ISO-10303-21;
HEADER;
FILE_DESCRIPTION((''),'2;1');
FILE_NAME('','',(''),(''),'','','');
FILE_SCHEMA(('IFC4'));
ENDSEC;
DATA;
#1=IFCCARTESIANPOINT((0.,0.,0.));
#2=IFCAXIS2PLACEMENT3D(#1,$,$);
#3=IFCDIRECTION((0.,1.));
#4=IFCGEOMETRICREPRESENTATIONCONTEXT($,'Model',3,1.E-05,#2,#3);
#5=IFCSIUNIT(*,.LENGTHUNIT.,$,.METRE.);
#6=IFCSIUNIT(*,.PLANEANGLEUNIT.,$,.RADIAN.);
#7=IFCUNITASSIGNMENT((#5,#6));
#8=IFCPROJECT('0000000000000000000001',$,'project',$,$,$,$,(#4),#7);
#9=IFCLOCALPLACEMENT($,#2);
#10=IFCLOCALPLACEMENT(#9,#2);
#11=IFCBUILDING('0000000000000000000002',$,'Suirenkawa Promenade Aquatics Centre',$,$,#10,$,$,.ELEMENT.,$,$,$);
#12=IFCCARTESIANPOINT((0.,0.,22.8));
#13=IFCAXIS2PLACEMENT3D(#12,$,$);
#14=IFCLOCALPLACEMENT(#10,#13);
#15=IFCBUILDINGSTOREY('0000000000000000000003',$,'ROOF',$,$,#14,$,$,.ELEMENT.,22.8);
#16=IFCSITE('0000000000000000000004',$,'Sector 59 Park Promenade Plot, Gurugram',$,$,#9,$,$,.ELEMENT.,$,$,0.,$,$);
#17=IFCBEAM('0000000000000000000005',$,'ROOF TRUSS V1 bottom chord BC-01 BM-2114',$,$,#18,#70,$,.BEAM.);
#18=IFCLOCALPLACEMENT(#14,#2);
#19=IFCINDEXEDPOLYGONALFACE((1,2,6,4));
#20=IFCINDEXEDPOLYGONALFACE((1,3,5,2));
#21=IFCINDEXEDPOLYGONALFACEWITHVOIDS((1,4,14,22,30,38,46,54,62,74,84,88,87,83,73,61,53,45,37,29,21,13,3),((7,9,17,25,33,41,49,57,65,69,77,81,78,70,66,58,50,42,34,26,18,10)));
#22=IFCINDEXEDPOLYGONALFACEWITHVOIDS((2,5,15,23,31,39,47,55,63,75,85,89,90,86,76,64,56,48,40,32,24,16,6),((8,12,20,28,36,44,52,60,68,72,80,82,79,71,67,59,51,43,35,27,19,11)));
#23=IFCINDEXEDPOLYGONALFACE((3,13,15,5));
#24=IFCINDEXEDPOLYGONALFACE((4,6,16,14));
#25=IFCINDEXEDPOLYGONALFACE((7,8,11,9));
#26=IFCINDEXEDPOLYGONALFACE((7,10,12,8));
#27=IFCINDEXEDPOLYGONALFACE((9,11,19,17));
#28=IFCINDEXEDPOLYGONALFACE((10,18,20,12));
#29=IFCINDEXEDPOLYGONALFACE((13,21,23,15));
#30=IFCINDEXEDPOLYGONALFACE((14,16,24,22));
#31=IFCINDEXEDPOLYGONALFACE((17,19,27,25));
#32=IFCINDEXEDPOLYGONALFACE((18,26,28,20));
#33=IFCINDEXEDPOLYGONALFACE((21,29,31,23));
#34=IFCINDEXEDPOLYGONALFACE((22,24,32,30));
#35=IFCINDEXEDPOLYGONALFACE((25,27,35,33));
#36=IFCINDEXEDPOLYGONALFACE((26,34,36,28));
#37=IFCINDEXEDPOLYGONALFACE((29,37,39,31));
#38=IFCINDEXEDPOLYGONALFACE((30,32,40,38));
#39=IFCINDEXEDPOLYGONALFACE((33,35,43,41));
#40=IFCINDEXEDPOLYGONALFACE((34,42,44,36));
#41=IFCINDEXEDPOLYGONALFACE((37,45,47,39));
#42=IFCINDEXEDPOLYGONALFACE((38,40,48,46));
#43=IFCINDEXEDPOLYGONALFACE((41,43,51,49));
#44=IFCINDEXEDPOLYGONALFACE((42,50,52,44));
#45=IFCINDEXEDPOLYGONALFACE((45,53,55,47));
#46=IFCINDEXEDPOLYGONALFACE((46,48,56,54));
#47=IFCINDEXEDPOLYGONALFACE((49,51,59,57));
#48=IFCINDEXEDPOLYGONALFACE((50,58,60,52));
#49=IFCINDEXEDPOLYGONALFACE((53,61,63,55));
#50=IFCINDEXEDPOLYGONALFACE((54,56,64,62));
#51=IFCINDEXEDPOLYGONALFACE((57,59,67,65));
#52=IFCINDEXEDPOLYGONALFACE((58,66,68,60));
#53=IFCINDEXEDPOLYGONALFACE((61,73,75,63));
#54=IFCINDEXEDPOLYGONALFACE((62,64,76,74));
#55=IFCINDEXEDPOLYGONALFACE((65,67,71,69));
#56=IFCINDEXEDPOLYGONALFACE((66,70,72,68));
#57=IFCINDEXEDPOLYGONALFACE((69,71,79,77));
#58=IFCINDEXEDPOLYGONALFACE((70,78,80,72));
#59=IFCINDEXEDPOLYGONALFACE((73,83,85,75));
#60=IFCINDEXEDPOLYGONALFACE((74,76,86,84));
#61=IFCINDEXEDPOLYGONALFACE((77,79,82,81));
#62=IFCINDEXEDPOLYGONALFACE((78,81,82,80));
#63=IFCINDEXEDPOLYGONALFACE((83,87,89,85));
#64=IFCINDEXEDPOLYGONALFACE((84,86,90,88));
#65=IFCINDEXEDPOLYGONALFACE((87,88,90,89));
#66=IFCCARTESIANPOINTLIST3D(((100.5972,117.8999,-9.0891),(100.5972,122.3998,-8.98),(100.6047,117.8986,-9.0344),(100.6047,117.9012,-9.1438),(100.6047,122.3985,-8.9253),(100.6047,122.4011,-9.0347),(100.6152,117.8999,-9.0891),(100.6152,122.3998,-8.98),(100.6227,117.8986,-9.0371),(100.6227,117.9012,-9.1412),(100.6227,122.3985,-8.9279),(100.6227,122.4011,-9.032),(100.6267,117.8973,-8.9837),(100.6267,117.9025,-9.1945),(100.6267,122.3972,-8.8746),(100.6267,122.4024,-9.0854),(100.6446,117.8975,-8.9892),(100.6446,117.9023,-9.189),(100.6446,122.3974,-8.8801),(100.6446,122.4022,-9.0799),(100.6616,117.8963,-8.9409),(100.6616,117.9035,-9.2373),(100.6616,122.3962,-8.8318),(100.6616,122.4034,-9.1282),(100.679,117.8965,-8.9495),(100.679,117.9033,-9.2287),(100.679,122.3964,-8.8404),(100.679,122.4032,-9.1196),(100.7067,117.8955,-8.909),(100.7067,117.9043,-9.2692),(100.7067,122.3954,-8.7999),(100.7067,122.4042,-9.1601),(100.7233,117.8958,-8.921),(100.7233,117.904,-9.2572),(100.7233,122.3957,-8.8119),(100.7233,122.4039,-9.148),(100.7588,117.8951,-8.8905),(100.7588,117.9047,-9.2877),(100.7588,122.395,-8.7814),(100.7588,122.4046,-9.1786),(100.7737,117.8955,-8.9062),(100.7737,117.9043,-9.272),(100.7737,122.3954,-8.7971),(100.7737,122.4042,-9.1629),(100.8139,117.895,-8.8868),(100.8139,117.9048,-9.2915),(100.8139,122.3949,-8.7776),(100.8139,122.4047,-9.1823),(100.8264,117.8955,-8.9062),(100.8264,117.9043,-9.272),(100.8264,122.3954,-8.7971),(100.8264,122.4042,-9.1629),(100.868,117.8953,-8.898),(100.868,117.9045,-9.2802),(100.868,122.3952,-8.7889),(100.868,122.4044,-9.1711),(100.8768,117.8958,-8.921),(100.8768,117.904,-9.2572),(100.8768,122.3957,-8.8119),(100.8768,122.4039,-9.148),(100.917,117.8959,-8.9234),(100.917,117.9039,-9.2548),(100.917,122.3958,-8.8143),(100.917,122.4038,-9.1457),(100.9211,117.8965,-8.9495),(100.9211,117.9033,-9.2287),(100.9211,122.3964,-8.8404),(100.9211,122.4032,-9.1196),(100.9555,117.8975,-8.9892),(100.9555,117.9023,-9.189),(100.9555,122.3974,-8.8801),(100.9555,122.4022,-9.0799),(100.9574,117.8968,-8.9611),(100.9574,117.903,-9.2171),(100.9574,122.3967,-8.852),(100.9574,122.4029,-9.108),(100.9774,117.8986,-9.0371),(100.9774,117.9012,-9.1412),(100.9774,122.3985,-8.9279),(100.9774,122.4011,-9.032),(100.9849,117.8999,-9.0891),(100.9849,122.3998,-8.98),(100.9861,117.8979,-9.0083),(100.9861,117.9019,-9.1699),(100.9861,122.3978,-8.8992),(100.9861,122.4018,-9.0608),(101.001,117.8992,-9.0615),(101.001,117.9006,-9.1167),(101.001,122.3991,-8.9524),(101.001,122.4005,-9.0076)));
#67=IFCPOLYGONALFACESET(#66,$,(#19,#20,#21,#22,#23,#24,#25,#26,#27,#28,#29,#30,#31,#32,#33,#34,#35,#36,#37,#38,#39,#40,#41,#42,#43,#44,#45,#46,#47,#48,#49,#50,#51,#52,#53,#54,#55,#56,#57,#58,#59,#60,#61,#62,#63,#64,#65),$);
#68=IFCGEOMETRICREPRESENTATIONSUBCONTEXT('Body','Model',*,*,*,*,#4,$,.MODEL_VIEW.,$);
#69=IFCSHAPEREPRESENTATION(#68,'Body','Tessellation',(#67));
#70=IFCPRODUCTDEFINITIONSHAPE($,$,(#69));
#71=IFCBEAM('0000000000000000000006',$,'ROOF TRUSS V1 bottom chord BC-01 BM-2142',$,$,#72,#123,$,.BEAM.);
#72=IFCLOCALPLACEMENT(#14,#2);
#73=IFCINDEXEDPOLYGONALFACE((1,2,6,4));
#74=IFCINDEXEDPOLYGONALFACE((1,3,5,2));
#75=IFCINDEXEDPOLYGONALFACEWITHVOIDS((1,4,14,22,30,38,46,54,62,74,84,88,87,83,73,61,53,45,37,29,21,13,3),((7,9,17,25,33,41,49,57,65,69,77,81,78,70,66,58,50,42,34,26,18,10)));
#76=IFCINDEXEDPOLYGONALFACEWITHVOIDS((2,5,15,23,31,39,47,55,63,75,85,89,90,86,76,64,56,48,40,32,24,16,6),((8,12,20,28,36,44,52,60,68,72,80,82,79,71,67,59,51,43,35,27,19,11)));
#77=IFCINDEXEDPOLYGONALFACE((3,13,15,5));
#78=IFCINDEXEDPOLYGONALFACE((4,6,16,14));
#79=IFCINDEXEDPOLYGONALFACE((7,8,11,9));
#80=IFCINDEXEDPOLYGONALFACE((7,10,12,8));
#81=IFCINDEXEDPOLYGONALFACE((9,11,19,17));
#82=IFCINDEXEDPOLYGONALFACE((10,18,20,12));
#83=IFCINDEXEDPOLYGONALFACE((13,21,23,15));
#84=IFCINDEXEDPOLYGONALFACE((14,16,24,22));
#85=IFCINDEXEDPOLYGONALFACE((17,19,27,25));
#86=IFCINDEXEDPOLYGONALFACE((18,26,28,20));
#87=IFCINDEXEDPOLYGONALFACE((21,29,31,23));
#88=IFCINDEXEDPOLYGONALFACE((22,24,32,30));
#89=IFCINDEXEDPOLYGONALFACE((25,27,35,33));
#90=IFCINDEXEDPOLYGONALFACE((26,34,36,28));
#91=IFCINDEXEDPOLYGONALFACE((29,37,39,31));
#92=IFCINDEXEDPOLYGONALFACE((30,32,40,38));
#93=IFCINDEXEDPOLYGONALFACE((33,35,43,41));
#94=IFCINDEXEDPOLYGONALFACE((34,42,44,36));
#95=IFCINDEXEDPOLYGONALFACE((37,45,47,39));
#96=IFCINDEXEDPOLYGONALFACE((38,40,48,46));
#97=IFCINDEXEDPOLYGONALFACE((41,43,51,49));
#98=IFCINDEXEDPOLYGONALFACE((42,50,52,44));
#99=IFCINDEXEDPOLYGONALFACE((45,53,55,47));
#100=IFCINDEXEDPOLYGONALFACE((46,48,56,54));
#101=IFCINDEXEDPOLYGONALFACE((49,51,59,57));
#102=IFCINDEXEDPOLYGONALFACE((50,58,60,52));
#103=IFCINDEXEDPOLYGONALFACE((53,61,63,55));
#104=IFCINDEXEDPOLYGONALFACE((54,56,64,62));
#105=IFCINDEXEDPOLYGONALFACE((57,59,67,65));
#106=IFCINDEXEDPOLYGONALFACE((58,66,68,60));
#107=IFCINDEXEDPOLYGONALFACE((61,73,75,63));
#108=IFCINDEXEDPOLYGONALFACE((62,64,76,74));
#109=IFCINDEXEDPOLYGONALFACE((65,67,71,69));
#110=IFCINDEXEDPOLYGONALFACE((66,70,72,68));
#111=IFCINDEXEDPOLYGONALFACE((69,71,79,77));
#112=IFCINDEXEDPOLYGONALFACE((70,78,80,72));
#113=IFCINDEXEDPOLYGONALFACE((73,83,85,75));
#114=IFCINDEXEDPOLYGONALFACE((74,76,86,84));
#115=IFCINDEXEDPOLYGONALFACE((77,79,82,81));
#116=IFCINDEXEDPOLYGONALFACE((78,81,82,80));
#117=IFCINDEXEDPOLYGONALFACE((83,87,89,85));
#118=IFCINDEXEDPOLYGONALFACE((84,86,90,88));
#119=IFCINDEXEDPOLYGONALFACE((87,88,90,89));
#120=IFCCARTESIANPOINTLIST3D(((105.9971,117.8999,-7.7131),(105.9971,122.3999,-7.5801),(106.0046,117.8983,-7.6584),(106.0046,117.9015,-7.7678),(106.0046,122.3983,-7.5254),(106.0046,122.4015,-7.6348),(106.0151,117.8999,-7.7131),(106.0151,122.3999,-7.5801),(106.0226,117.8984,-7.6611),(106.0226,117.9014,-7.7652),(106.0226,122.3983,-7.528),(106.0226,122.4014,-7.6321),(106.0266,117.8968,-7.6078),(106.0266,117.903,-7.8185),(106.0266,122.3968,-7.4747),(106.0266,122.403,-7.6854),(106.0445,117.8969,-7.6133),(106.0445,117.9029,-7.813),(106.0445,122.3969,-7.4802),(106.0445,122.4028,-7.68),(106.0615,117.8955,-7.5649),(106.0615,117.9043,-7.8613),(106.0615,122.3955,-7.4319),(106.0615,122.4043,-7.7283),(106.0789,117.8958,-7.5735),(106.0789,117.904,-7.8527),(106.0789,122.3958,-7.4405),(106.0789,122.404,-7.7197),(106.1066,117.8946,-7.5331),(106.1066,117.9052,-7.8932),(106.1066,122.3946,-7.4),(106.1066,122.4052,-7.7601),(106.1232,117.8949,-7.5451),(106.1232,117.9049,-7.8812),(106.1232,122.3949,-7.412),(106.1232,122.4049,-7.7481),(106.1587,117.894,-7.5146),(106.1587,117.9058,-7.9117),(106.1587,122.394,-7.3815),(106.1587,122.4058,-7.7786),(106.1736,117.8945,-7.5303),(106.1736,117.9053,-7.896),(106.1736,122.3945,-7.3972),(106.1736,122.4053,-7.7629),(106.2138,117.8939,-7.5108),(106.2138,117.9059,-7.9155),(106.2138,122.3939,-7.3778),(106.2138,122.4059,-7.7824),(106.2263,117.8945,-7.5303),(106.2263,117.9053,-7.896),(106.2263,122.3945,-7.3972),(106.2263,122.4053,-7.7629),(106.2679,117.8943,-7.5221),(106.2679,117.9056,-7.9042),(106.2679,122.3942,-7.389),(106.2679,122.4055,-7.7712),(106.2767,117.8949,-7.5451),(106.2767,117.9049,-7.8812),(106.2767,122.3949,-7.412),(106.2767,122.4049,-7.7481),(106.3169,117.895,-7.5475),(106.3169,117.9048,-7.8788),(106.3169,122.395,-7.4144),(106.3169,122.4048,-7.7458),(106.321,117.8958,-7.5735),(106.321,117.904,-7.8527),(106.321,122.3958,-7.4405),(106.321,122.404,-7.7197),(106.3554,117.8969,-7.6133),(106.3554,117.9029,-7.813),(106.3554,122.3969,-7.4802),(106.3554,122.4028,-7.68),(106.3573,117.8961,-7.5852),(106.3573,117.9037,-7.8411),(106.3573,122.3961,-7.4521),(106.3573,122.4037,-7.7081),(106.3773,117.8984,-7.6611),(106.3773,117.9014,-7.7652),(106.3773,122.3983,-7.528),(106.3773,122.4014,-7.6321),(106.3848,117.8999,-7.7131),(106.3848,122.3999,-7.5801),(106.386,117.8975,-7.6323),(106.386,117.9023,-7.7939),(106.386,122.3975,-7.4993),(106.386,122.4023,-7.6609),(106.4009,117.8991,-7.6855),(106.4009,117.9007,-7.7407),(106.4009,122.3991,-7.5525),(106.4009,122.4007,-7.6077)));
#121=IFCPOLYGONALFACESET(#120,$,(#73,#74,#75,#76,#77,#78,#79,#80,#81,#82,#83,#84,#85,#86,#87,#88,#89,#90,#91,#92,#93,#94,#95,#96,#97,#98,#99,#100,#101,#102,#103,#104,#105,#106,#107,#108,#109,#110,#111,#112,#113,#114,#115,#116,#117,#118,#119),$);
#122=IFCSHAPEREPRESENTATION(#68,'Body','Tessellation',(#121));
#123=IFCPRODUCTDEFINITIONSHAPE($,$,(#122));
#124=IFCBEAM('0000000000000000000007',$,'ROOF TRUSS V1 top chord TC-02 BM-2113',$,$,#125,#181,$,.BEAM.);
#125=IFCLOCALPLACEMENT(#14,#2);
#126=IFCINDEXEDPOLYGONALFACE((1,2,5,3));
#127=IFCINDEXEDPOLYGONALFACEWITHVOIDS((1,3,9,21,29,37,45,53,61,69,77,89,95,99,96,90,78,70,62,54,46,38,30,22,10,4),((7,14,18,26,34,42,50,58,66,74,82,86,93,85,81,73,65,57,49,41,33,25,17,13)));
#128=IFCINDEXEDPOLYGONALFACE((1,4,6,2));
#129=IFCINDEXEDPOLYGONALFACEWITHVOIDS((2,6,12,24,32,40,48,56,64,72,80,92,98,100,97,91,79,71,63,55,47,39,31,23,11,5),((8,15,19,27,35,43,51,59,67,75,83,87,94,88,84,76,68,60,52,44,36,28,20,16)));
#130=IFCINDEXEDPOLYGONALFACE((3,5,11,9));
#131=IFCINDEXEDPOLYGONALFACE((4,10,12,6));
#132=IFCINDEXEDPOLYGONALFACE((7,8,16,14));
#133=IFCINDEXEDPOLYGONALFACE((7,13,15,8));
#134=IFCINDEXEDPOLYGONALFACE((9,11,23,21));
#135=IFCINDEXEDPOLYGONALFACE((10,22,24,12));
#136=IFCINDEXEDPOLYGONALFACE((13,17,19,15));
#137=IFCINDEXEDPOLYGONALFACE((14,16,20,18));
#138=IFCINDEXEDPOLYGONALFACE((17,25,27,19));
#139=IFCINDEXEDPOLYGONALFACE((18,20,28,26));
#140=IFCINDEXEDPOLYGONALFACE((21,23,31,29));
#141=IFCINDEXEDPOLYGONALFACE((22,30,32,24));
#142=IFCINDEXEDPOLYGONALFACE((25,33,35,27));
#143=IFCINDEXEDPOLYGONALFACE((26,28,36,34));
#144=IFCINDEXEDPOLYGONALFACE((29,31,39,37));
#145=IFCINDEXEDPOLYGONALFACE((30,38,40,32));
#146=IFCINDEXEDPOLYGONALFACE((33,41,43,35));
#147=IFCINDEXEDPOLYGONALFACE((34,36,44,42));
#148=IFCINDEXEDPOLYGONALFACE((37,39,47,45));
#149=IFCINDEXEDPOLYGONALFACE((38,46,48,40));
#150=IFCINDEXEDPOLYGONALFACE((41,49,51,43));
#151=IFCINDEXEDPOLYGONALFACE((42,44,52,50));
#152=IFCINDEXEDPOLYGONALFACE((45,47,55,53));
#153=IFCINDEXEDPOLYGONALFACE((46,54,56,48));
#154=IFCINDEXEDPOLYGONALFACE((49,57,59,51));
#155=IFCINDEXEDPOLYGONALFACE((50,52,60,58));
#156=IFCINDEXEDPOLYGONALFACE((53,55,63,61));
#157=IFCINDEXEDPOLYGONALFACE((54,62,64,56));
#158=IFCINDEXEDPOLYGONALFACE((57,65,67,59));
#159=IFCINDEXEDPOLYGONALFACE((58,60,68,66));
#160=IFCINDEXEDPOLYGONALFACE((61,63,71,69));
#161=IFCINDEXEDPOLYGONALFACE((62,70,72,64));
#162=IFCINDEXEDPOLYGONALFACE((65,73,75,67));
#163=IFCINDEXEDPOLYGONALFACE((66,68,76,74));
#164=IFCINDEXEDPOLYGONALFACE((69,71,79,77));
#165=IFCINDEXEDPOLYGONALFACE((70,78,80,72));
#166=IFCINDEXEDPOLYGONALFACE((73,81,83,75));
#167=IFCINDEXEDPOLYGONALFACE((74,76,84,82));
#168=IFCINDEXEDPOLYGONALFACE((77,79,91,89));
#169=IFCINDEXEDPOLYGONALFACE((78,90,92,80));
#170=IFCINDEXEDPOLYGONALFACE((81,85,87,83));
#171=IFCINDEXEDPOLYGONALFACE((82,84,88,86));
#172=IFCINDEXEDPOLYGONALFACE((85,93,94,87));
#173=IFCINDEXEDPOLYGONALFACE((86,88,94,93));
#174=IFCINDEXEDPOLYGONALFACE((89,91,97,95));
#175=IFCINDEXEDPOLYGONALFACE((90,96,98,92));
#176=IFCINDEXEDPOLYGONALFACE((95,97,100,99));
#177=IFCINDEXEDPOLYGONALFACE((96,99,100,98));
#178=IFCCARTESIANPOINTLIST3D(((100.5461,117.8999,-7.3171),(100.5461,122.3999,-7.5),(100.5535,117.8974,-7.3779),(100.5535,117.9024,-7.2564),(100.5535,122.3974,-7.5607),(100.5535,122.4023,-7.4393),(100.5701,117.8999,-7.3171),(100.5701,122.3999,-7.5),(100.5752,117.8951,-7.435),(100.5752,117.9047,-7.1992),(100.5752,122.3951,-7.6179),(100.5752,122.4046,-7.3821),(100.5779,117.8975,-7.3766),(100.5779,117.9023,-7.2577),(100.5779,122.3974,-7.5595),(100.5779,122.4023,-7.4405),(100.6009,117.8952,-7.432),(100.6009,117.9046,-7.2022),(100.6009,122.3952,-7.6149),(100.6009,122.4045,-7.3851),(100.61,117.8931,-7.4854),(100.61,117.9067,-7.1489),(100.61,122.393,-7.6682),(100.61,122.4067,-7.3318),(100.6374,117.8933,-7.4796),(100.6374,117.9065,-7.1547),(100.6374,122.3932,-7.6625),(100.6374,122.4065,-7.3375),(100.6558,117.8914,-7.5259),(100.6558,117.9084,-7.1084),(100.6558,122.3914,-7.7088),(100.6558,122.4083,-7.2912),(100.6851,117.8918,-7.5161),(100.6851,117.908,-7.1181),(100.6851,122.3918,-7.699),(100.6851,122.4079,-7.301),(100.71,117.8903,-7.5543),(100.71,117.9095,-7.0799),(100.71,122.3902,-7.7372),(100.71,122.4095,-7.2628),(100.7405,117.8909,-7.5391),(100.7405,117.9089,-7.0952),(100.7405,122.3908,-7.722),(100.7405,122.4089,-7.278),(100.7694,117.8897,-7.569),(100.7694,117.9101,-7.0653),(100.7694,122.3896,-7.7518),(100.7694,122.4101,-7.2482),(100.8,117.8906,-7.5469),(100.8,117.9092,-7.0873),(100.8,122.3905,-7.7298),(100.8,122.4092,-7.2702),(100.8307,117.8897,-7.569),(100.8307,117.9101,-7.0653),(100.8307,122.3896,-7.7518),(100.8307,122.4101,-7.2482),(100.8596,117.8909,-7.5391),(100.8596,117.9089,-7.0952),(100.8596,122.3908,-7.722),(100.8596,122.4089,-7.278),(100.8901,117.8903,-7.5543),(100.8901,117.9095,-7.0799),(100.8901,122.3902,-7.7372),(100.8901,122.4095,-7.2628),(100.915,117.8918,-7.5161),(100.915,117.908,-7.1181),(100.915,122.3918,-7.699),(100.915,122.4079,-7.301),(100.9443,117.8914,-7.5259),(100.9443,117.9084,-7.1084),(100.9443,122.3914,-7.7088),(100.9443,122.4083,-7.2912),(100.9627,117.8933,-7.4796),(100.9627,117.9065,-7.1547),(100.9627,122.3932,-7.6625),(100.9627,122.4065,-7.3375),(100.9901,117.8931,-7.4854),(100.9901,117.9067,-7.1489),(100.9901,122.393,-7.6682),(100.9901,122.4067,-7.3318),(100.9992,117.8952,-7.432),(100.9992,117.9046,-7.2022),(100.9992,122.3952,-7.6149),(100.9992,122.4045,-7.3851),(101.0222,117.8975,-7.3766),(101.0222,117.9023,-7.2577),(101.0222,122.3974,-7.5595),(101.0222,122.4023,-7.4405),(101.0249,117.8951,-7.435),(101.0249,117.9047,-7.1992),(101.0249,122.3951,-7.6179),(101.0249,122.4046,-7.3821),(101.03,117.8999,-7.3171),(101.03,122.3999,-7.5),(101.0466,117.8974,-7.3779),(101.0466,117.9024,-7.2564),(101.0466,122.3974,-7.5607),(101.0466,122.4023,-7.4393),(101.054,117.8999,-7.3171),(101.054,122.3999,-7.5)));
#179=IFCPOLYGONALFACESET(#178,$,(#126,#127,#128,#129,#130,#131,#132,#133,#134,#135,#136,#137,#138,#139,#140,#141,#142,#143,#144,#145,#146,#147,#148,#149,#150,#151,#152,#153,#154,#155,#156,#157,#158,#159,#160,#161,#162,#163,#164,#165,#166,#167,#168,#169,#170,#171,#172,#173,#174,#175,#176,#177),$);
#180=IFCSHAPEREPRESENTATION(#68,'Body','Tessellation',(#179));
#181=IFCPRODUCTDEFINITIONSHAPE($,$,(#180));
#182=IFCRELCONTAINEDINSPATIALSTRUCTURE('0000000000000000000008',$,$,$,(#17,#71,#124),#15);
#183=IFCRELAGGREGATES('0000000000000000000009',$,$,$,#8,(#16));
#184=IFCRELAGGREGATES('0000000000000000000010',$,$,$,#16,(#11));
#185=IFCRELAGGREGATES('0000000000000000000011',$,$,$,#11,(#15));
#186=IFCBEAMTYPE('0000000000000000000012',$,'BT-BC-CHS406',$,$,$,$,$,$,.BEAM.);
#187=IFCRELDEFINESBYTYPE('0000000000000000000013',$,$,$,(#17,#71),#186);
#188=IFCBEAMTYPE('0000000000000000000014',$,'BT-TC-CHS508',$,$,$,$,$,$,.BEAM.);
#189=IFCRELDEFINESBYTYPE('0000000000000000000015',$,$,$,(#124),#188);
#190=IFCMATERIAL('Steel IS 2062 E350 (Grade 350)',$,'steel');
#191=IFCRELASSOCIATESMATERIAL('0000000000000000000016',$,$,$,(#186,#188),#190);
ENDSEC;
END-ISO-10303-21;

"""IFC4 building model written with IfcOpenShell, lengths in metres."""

from ifc_helpers import new_model, si_unit, direction, frame, origin, origin_2d, place, context, subcontext, project, spatial, hollow_circle, extrude, material, material_profile, profile_set, type_object, element, save


model = new_model("IFC4")

# Units and contexts
model_context = context("Model", 3, precision=1e-05, world=origin(), true_north=direction((0.0, 1.0)))
body_context = subcontext(model_context, "Body", "Model", "MODEL_VIEW")
ifc_project = project(units=[si_unit("LENGTHUNIT", "METRE"), si_unit("PLANEANGLEUNIT", "RADIAN")], contexts=[model_context])

# Site, building, storey
site_placement = place(None, origin())
site = spatial("IfcSite", under=ifc_project, at=site_placement, Name="Sector 59 Park Promenade Plot, Gurugram", CompositionType="ELEMENT", RefElevation=0.0)
building_placement = place(site_placement, origin())
building = spatial("IfcBuilding", under=site, at=building_placement, Name="Suirenkawa Promenade Aquatics Centre", CompositionType="ELEMENT")
storey_placement = place(building_placement, frame((0.0, 0.0, 22.8)))
storey = spatial("IfcBuildingStorey", under=building, at=storey_placement, Name="ROOF", CompositionType="ELEMENT", Elevation=22.8)

# Beams
ifc_material = material(Name="Steel IS 2062 E350 (Grade 350)", Category="steel")
ifc_material_profile_1 = material_profile(ifc_material, hollow_circle(Radius=0.2029, WallThickness=0.0181, at=origin_2d()), Name="CHS 406x18", Category="steel")
ifc_profile_set_1 = profile_set([ifc_material_profile_1], Name="Steel IS 2062 E350 (Grade 350)")
beam_type_1 = type_object("IfcBeamType", Name="BT-BC-CHS406", PredefinedType="BEAM", material=ifc_profile_set_1)
beam_1_placement = place(storey_placement, frame((100.8, 117.8999, -9.0891), z_axis=(0.0, 0.999706, 0.024244), x_axis=(-1.0, 0.0, 0.0)))
element("IfcBeam", 1, at=beam_1_placement, inside=storey, type_object=beam_type_1, Name="ROOF TRUSS V1 bottom chord BC-01 BM-2114", PredefinedType="BEAM", context=body_context, shape_type="SweptSolid", body=[
    extrude(hollow_circle(Radius=0.2029, WallThickness=0.0181, at=origin_2d()), origin(), (0.0, 0.0, 1.0), 4.5012),
])
beam_2_placement = place(storey_placement, frame((106.2, 117.8999, -7.7131), z_axis=(0.0, 0.999563, 0.029555), x_axis=(-1.0, 0.0, 0.0)))
element("IfcBeam", 2, at=beam_2_placement, inside=storey, type_object=beam_type_1, Name="ROOF TRUSS V1 bottom chord BC-01 BM-2142", PredefinedType="BEAM", context=body_context, shape_type="SweptSolid", body=[
    extrude(hollow_circle(Radius=0.2029, WallThickness=0.0181, at=origin_2d()), origin(), (0.0, 0.0, 1.0), 4.502),
])
ifc_material_profile_2 = material_profile(ifc_material, hollow_circle(Radius=0.2539, WallThickness=0.0239, at=origin_2d()), Name="CHS 508x24", Category="steel")
ifc_profile_set_2 = profile_set([ifc_material_profile_2], Name="Steel IS 2062 E350 (Grade 350)")
beam_type_2 = type_object("IfcBeamType", Name="BT-TC-CHS508", PredefinedType="BEAM", material=ifc_profile_set_2)
for number, where, z_axis, x_axis, name in (
    (3, (100.8, 117.8999, -7.3171), (0.0, 0.999175, -0.040602), (-1.0, 0.0, 0.0), "ROOF TRUSS V1 top chord TC-02 BM-2113"),
):
    element("IfcBeam", number, at=place(storey_placement, frame(where, z_axis=z_axis, x_axis=x_axis)), inside=storey, type_object=beam_type_2, Name=name, PredefinedType="BEAM", context=body_context, shape_type="SweptSolid", body=[
        extrude(hollow_circle(Radius=0.2539, WallThickness=0.0239, at=origin_2d()), origin(), (0.0, 0.0, 1.0), 4.5037),
    ])

save(model, "model.ifc")
